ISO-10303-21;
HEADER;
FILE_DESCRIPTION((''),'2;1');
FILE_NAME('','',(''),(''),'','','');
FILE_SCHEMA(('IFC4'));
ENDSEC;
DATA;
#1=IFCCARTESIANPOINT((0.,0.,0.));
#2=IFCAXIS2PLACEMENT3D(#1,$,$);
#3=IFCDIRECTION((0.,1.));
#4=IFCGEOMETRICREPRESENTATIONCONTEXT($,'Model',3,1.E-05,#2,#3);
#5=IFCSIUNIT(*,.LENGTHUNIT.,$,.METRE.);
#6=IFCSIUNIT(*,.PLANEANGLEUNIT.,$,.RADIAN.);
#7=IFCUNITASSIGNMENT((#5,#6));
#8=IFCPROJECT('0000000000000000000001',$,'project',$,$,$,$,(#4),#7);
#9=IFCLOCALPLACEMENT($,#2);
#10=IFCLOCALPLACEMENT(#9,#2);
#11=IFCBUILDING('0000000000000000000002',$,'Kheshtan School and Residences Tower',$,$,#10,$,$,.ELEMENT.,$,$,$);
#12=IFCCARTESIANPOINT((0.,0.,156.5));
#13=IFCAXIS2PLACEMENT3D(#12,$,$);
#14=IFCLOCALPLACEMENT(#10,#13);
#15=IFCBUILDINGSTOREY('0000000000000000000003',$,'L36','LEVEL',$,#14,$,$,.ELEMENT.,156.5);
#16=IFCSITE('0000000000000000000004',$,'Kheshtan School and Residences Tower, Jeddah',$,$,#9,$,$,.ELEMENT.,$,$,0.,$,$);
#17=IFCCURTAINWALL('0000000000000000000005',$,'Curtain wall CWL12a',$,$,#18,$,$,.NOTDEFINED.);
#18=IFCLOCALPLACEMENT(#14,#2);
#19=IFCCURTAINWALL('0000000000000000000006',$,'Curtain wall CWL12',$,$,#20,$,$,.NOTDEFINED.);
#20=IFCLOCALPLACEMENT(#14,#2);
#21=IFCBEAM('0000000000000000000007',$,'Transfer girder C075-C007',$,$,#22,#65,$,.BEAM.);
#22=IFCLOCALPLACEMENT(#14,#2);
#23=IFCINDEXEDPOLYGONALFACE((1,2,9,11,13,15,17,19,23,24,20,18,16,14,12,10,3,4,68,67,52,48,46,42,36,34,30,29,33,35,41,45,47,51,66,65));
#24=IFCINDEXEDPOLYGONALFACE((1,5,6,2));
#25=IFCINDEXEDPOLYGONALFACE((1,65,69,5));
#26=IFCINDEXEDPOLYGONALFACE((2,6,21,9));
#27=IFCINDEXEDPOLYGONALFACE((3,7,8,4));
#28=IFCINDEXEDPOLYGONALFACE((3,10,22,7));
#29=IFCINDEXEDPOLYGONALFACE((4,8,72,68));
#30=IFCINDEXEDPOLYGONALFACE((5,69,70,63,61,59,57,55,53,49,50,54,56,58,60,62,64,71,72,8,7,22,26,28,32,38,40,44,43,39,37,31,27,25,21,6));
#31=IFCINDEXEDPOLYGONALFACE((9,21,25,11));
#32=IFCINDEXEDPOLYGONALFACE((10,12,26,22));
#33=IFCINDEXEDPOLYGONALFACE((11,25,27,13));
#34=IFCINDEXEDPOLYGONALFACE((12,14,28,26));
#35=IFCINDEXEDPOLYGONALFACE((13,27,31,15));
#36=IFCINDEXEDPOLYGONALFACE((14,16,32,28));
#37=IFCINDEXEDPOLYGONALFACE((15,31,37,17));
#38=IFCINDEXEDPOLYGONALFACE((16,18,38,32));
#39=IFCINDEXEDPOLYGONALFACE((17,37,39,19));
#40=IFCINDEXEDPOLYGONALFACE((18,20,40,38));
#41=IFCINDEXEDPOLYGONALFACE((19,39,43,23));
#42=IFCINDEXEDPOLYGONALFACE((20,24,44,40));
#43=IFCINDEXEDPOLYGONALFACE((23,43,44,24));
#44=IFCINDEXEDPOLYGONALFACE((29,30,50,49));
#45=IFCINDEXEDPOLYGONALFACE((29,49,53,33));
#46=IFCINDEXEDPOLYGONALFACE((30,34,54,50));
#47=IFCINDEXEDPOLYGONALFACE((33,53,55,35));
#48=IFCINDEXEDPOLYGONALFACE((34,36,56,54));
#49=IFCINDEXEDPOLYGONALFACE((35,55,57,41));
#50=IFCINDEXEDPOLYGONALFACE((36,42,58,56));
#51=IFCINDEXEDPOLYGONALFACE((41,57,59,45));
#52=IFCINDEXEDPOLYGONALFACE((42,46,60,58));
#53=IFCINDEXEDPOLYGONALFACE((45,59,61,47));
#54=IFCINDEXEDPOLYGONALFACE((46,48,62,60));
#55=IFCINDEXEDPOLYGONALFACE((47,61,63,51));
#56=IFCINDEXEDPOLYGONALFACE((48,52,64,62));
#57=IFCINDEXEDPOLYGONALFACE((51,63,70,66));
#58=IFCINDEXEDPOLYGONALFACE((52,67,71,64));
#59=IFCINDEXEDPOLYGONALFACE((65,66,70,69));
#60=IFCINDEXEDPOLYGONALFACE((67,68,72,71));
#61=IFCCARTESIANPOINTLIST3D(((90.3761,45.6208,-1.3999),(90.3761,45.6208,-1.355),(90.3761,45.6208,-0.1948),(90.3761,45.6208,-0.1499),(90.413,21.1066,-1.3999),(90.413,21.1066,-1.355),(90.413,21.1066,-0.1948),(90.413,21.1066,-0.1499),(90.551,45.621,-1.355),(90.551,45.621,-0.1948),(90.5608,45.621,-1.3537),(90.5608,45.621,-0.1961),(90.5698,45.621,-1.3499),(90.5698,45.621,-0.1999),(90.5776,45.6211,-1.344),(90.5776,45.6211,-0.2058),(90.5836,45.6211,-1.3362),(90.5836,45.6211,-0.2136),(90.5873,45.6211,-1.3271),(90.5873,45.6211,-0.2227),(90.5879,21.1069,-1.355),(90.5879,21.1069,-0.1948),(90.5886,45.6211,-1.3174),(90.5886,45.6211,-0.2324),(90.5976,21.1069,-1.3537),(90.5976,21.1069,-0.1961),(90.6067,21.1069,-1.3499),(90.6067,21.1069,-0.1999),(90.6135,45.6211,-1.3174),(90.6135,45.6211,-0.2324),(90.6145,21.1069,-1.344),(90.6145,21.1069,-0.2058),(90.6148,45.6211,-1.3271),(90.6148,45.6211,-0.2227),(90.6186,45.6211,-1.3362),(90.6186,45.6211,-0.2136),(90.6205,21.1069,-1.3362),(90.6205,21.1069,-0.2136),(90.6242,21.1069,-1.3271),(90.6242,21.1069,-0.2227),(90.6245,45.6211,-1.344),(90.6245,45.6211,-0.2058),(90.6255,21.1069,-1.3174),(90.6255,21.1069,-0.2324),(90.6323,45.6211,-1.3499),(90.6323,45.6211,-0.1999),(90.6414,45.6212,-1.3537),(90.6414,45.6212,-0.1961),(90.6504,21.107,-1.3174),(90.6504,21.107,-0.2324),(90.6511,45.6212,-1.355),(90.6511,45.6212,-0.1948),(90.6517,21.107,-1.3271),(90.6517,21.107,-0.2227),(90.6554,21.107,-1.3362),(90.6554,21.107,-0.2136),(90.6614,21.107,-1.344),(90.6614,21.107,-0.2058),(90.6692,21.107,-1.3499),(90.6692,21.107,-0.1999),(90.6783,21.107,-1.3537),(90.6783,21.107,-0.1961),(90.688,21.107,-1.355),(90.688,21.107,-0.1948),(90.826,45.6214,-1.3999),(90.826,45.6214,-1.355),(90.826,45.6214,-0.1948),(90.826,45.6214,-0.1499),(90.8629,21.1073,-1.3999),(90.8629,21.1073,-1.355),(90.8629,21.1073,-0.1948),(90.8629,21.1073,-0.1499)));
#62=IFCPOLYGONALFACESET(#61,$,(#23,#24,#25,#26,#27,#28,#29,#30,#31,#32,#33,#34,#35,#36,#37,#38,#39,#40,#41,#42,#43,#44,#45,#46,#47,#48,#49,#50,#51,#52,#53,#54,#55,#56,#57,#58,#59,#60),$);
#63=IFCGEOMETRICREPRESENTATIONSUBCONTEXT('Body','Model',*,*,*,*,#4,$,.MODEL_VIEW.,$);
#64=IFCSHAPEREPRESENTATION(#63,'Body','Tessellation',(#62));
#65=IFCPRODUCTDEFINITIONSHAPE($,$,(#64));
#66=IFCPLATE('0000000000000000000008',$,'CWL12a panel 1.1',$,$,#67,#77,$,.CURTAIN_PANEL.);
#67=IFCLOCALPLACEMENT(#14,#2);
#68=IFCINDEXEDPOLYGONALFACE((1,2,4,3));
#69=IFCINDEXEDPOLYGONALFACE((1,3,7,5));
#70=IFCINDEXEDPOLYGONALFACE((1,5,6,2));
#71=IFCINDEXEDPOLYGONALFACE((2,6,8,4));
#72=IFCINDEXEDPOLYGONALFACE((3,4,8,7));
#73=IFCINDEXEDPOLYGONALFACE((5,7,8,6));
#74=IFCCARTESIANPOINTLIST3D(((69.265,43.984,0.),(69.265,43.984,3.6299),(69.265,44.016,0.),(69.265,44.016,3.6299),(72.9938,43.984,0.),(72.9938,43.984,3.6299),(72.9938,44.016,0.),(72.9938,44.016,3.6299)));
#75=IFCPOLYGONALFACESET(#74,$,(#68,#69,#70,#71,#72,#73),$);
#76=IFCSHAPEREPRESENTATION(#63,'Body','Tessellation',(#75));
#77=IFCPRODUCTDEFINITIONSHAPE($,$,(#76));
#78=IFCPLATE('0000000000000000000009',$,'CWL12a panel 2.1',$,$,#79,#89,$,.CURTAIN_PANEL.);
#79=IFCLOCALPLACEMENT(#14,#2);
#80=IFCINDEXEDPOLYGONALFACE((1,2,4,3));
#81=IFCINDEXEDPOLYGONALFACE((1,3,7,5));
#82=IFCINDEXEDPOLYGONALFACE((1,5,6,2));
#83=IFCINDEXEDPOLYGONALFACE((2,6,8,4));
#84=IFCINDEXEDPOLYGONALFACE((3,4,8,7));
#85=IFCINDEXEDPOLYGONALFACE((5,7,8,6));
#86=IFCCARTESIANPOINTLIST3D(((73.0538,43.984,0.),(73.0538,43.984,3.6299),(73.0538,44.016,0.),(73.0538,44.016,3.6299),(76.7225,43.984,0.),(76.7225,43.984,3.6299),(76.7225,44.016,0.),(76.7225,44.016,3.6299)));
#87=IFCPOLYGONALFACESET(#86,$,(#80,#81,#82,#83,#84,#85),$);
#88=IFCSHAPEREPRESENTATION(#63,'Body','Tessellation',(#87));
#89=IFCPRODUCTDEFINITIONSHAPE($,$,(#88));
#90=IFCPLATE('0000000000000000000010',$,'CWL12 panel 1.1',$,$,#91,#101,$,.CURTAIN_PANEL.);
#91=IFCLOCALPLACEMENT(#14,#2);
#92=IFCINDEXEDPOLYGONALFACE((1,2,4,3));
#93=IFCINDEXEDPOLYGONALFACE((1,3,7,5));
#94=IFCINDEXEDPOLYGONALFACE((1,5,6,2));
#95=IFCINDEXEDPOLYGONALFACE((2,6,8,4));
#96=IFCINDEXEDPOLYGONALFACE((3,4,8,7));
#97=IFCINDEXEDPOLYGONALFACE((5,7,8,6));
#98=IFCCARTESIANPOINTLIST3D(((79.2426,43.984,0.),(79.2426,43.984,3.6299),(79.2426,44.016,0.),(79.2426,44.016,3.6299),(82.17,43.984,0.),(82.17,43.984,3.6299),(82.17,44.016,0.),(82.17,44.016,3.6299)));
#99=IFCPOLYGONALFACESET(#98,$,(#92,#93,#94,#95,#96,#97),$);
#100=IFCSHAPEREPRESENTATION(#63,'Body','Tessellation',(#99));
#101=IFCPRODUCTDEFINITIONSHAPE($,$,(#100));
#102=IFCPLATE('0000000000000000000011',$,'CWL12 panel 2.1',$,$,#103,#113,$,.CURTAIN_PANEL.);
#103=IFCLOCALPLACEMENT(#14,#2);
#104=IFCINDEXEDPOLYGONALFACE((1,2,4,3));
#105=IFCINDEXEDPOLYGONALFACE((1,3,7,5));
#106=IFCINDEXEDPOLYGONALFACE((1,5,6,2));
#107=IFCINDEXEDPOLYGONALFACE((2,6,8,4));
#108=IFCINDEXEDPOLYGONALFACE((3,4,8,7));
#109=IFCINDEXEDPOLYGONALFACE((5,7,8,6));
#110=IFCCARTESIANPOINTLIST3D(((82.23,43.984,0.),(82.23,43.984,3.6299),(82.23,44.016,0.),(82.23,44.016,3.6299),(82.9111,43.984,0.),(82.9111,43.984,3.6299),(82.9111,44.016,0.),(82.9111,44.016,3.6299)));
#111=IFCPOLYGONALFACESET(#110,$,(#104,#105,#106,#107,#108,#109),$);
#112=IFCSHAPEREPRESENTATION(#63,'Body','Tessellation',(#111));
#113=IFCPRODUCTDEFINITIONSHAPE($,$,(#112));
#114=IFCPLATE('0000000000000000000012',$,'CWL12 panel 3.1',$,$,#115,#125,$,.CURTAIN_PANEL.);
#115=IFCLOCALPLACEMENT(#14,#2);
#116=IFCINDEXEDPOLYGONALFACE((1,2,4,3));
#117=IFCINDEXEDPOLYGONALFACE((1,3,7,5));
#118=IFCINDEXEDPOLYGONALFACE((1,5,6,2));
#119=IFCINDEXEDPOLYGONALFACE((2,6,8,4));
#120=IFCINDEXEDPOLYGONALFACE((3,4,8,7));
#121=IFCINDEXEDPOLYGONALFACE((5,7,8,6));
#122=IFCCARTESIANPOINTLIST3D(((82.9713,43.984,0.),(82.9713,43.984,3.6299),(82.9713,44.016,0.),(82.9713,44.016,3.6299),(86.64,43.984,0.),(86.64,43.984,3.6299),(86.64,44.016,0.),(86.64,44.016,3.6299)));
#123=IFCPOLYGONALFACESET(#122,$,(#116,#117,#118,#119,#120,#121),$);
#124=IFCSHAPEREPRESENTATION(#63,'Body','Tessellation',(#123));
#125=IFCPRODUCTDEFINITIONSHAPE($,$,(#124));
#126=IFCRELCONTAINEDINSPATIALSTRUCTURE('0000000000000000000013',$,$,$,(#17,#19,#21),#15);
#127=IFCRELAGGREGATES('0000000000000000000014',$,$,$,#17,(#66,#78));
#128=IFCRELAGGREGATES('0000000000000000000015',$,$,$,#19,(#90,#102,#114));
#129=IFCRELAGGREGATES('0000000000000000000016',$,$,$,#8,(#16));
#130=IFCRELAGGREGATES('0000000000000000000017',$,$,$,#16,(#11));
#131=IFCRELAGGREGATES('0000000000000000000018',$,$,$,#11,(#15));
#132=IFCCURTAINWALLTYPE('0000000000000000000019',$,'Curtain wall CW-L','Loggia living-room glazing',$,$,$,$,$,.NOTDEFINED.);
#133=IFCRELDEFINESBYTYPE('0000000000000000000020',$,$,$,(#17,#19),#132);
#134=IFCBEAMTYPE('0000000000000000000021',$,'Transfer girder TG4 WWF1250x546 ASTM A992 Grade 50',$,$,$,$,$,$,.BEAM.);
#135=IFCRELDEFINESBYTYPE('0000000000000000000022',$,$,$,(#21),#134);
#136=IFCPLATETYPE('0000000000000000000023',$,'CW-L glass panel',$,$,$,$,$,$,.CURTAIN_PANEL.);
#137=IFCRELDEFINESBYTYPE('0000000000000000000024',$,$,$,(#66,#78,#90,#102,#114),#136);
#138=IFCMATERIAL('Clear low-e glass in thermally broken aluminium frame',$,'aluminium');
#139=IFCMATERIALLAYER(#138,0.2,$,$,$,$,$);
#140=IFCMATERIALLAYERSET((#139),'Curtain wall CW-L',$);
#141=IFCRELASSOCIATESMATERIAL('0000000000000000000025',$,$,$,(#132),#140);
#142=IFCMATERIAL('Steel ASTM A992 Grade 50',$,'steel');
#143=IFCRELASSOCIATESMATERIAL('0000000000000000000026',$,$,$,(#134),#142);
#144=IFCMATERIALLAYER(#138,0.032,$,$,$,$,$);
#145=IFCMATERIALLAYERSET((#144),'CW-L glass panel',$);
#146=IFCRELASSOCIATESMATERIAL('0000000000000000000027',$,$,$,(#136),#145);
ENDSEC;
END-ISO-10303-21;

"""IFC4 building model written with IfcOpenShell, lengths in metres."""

from ifc_helpers import new_model, si_unit, direction, frame, origin, origin_2d, place, context, subcontext, project, spatial, rectangle, i_section, extrude, material, layer, layer_set, material_profile, profile_set, type_object, element, aggregate, save


model = new_model("IFC4")

# Units and contexts
model_context = context("Model", 3, precision=1e-05, world=origin(), true_north=direction((0.0, 1.0)))
body_context = subcontext(model_context, "Body", "Model", "MODEL_VIEW")
ifc_project = project(units=[si_unit("LENGTHUNIT", "METRE"), si_unit("PLANEANGLEUNIT", "RADIAN")], contexts=[model_context])

# Site, building, storey
site_placement = place(None, origin())
site = spatial("IfcSite", under=ifc_project, at=site_placement, Name="Kheshtan School and Residences Tower, Jeddah", CompositionType="ELEMENT", RefElevation=0.0)
building_placement = place(site_placement, origin())
building = spatial("IfcBuilding", under=site, at=building_placement, Name="Kheshtan School and Residences Tower", CompositionType="ELEMENT")
storey_placement = place(building_placement, frame((0.0, 0.0, 156.5)))
storey = spatial("IfcBuildingStorey", under=building, at=storey_placement, Name="L36", Description="LEVEL", CompositionType="ELEMENT", Elevation=156.5)

# Shared definitions
ifc_material_1 = material(Name="Steel ASTM A992 Grade 50", Category="steel")

# Curtain walls
ifc_material_2 = material(Name="Clear low-e glass in thermally broken aluminium frame", Category="aluminium")
ifc_layer_1 = layer(ifc_material_2, 0.2)
ifc_layer_set_1 = layer_set([ifc_layer_1], Name="Curtain wall CW-L")
curtain_wall_type = type_object("IfcCurtainWallType", Name="Curtain wall CW-L", Description="Loggia living-room glazing", PredefinedType="NOTDEFINED", material=ifc_layer_set_1)
curtain_wall_1_placement = place(storey_placement, origin())
curtain_wall_1 = element("IfcCurtainWall", 1, at=curtain_wall_1_placement, inside=storey, type_object=curtain_wall_type, Name="Curtain wall CWL12a", PredefinedType="NOTDEFINED")
curtain_wall_2_placement = place(storey_placement, origin())
curtain_wall_2 = element("IfcCurtainWall", 2, at=curtain_wall_2_placement, inside=storey, type_object=curtain_wall_type, Name="Curtain wall CWL12", PredefinedType="NOTDEFINED")

# Beam
ifc_material_profile_1 = material_profile(ifc_material_1, i_section(OverallWidth=0.45, OverallDepth=1.25, WebThickness=0.0249, FlangeThickness=0.0449, FilletRadius=0.0376, at=origin_2d()), Name="WWF1250x546")
ifc_profile_set_1 = profile_set([ifc_material_profile_1], Name="Steel ASTM A992 Grade 50")
beam_type_1 = type_object("IfcBeamType", Name="Transfer girder TG4 WWF1250x546 ASTM A992 Grade 50", PredefinedType="BEAM", material=ifc_profile_set_1)
beam_1_placement = place(storey_placement, frame((90.6011, 45.6211, -0.7749), z_axis=(0.001504, -0.999999, 0.0), x_axis=(0.999999, 0.001504, 0.0)))
element("IfcBeam", 3, at=beam_1_placement, inside=storey, type_object=beam_type_1, Name="Transfer girder C075-C007", PredefinedType="BEAM", context=body_context, shape_type="SweptSolid", body=[
    extrude(i_section(OverallWidth=0.45, OverallDepth=1.25, WebThickness=0.0249, FlangeThickness=0.0449, FilletRadius=0.0376, at=origin_2d()), origin(), (0.0, 0.0, 1.0), 24.5142),
])

# Plates
ifc_layer_2 = layer(ifc_material_2, 0.032)
ifc_layer_set_2 = layer_set([ifc_layer_2], Name="CW-L glass panel")
plate_type = type_object("IfcPlateType", Name="CW-L glass panel", PredefinedType="CURTAIN_PANEL", material=ifc_layer_set_2)
plate_1_placement = place(storey_placement, frame((71.1294, 44.0, 0.0), z_axis=(0.0, 0.0, 1.0), x_axis=(1.0, 0.0, 0.0)))
plate_1 = element("IfcPlate", 4, at=plate_1_placement, type_object=plate_type, Name="CWL12a panel 1.1", PredefinedType="CURTAIN_PANEL", context=body_context, shape_type="SweptSolid", body=[
    extrude(rectangle(XDim=3.7288, YDim=0.032, at=origin_2d()), origin(), (0.0, 0.0, 1.0), 3.6299),
])
plate_2_placement = place(storey_placement, frame((74.8882, 44.0, 0.0), z_axis=(0.0, 0.0, 1.0), x_axis=(1.0, 0.0, 0.0)))
plate_2 = element("IfcPlate", 5, at=plate_2_placement, type_object=plate_type, Name="CWL12a panel 2.1", PredefinedType="CURTAIN_PANEL", context=body_context, shape_type="SweptSolid", body=[
    extrude(rectangle(XDim=3.6687, YDim=0.032, at=origin_2d()), origin(), (0.0, 0.0, 1.0), 3.6299),
])
aggregate(curtain_wall_1, [plate_1, plate_2])
plate_3_placement = place(storey_placement, frame((80.7063, 44.0, 0.0), z_axis=(0.0, 0.0, 1.0), x_axis=(1.0, 0.0, 0.0)))
plate_3 = element("IfcPlate", 6, at=plate_3_placement, type_object=plate_type, Name="CWL12 panel 1.1", PredefinedType="CURTAIN_PANEL", context=body_context, shape_type="SweptSolid", body=[
    extrude(rectangle(XDim=2.9275, YDim=0.032, at=origin_2d()), origin(), (0.0, 0.0, 1.0), 3.6299),
])
plate_4_placement = place(storey_placement, frame((82.5706, 44.0, 0.0), z_axis=(0.0, 0.0, 1.0), x_axis=(1.0, 0.0, 0.0)))
plate_4 = element("IfcPlate", 7, at=plate_4_placement, type_object=plate_type, Name="CWL12 panel 2.1", PredefinedType="CURTAIN_PANEL", context=body_context, shape_type="SweptSolid", body=[
    extrude(rectangle(XDim=0.6812, YDim=0.032, at=origin_2d()), origin(), (0.0, 0.0, 1.0), 3.6299),
])
plate_5_placement = place(storey_placement, frame((84.8057, 44.0, 0.0), z_axis=(0.0, 0.0, 1.0), x_axis=(1.0, 0.0, 0.0)))
plate_5 = element("IfcPlate", 8, at=plate_5_placement, type_object=plate_type, Name="CWL12 panel 3.1", PredefinedType="CURTAIN_PANEL", context=body_context, shape_type="SweptSolid", body=[
    extrude(rectangle(XDim=3.6687, YDim=0.032, at=origin_2d()), origin(), (0.0, 0.0, 1.0), 3.6299),
])
aggregate(curtain_wall_2, [plate_3, plate_4, plate_5])

save(model, "model.ifc")
